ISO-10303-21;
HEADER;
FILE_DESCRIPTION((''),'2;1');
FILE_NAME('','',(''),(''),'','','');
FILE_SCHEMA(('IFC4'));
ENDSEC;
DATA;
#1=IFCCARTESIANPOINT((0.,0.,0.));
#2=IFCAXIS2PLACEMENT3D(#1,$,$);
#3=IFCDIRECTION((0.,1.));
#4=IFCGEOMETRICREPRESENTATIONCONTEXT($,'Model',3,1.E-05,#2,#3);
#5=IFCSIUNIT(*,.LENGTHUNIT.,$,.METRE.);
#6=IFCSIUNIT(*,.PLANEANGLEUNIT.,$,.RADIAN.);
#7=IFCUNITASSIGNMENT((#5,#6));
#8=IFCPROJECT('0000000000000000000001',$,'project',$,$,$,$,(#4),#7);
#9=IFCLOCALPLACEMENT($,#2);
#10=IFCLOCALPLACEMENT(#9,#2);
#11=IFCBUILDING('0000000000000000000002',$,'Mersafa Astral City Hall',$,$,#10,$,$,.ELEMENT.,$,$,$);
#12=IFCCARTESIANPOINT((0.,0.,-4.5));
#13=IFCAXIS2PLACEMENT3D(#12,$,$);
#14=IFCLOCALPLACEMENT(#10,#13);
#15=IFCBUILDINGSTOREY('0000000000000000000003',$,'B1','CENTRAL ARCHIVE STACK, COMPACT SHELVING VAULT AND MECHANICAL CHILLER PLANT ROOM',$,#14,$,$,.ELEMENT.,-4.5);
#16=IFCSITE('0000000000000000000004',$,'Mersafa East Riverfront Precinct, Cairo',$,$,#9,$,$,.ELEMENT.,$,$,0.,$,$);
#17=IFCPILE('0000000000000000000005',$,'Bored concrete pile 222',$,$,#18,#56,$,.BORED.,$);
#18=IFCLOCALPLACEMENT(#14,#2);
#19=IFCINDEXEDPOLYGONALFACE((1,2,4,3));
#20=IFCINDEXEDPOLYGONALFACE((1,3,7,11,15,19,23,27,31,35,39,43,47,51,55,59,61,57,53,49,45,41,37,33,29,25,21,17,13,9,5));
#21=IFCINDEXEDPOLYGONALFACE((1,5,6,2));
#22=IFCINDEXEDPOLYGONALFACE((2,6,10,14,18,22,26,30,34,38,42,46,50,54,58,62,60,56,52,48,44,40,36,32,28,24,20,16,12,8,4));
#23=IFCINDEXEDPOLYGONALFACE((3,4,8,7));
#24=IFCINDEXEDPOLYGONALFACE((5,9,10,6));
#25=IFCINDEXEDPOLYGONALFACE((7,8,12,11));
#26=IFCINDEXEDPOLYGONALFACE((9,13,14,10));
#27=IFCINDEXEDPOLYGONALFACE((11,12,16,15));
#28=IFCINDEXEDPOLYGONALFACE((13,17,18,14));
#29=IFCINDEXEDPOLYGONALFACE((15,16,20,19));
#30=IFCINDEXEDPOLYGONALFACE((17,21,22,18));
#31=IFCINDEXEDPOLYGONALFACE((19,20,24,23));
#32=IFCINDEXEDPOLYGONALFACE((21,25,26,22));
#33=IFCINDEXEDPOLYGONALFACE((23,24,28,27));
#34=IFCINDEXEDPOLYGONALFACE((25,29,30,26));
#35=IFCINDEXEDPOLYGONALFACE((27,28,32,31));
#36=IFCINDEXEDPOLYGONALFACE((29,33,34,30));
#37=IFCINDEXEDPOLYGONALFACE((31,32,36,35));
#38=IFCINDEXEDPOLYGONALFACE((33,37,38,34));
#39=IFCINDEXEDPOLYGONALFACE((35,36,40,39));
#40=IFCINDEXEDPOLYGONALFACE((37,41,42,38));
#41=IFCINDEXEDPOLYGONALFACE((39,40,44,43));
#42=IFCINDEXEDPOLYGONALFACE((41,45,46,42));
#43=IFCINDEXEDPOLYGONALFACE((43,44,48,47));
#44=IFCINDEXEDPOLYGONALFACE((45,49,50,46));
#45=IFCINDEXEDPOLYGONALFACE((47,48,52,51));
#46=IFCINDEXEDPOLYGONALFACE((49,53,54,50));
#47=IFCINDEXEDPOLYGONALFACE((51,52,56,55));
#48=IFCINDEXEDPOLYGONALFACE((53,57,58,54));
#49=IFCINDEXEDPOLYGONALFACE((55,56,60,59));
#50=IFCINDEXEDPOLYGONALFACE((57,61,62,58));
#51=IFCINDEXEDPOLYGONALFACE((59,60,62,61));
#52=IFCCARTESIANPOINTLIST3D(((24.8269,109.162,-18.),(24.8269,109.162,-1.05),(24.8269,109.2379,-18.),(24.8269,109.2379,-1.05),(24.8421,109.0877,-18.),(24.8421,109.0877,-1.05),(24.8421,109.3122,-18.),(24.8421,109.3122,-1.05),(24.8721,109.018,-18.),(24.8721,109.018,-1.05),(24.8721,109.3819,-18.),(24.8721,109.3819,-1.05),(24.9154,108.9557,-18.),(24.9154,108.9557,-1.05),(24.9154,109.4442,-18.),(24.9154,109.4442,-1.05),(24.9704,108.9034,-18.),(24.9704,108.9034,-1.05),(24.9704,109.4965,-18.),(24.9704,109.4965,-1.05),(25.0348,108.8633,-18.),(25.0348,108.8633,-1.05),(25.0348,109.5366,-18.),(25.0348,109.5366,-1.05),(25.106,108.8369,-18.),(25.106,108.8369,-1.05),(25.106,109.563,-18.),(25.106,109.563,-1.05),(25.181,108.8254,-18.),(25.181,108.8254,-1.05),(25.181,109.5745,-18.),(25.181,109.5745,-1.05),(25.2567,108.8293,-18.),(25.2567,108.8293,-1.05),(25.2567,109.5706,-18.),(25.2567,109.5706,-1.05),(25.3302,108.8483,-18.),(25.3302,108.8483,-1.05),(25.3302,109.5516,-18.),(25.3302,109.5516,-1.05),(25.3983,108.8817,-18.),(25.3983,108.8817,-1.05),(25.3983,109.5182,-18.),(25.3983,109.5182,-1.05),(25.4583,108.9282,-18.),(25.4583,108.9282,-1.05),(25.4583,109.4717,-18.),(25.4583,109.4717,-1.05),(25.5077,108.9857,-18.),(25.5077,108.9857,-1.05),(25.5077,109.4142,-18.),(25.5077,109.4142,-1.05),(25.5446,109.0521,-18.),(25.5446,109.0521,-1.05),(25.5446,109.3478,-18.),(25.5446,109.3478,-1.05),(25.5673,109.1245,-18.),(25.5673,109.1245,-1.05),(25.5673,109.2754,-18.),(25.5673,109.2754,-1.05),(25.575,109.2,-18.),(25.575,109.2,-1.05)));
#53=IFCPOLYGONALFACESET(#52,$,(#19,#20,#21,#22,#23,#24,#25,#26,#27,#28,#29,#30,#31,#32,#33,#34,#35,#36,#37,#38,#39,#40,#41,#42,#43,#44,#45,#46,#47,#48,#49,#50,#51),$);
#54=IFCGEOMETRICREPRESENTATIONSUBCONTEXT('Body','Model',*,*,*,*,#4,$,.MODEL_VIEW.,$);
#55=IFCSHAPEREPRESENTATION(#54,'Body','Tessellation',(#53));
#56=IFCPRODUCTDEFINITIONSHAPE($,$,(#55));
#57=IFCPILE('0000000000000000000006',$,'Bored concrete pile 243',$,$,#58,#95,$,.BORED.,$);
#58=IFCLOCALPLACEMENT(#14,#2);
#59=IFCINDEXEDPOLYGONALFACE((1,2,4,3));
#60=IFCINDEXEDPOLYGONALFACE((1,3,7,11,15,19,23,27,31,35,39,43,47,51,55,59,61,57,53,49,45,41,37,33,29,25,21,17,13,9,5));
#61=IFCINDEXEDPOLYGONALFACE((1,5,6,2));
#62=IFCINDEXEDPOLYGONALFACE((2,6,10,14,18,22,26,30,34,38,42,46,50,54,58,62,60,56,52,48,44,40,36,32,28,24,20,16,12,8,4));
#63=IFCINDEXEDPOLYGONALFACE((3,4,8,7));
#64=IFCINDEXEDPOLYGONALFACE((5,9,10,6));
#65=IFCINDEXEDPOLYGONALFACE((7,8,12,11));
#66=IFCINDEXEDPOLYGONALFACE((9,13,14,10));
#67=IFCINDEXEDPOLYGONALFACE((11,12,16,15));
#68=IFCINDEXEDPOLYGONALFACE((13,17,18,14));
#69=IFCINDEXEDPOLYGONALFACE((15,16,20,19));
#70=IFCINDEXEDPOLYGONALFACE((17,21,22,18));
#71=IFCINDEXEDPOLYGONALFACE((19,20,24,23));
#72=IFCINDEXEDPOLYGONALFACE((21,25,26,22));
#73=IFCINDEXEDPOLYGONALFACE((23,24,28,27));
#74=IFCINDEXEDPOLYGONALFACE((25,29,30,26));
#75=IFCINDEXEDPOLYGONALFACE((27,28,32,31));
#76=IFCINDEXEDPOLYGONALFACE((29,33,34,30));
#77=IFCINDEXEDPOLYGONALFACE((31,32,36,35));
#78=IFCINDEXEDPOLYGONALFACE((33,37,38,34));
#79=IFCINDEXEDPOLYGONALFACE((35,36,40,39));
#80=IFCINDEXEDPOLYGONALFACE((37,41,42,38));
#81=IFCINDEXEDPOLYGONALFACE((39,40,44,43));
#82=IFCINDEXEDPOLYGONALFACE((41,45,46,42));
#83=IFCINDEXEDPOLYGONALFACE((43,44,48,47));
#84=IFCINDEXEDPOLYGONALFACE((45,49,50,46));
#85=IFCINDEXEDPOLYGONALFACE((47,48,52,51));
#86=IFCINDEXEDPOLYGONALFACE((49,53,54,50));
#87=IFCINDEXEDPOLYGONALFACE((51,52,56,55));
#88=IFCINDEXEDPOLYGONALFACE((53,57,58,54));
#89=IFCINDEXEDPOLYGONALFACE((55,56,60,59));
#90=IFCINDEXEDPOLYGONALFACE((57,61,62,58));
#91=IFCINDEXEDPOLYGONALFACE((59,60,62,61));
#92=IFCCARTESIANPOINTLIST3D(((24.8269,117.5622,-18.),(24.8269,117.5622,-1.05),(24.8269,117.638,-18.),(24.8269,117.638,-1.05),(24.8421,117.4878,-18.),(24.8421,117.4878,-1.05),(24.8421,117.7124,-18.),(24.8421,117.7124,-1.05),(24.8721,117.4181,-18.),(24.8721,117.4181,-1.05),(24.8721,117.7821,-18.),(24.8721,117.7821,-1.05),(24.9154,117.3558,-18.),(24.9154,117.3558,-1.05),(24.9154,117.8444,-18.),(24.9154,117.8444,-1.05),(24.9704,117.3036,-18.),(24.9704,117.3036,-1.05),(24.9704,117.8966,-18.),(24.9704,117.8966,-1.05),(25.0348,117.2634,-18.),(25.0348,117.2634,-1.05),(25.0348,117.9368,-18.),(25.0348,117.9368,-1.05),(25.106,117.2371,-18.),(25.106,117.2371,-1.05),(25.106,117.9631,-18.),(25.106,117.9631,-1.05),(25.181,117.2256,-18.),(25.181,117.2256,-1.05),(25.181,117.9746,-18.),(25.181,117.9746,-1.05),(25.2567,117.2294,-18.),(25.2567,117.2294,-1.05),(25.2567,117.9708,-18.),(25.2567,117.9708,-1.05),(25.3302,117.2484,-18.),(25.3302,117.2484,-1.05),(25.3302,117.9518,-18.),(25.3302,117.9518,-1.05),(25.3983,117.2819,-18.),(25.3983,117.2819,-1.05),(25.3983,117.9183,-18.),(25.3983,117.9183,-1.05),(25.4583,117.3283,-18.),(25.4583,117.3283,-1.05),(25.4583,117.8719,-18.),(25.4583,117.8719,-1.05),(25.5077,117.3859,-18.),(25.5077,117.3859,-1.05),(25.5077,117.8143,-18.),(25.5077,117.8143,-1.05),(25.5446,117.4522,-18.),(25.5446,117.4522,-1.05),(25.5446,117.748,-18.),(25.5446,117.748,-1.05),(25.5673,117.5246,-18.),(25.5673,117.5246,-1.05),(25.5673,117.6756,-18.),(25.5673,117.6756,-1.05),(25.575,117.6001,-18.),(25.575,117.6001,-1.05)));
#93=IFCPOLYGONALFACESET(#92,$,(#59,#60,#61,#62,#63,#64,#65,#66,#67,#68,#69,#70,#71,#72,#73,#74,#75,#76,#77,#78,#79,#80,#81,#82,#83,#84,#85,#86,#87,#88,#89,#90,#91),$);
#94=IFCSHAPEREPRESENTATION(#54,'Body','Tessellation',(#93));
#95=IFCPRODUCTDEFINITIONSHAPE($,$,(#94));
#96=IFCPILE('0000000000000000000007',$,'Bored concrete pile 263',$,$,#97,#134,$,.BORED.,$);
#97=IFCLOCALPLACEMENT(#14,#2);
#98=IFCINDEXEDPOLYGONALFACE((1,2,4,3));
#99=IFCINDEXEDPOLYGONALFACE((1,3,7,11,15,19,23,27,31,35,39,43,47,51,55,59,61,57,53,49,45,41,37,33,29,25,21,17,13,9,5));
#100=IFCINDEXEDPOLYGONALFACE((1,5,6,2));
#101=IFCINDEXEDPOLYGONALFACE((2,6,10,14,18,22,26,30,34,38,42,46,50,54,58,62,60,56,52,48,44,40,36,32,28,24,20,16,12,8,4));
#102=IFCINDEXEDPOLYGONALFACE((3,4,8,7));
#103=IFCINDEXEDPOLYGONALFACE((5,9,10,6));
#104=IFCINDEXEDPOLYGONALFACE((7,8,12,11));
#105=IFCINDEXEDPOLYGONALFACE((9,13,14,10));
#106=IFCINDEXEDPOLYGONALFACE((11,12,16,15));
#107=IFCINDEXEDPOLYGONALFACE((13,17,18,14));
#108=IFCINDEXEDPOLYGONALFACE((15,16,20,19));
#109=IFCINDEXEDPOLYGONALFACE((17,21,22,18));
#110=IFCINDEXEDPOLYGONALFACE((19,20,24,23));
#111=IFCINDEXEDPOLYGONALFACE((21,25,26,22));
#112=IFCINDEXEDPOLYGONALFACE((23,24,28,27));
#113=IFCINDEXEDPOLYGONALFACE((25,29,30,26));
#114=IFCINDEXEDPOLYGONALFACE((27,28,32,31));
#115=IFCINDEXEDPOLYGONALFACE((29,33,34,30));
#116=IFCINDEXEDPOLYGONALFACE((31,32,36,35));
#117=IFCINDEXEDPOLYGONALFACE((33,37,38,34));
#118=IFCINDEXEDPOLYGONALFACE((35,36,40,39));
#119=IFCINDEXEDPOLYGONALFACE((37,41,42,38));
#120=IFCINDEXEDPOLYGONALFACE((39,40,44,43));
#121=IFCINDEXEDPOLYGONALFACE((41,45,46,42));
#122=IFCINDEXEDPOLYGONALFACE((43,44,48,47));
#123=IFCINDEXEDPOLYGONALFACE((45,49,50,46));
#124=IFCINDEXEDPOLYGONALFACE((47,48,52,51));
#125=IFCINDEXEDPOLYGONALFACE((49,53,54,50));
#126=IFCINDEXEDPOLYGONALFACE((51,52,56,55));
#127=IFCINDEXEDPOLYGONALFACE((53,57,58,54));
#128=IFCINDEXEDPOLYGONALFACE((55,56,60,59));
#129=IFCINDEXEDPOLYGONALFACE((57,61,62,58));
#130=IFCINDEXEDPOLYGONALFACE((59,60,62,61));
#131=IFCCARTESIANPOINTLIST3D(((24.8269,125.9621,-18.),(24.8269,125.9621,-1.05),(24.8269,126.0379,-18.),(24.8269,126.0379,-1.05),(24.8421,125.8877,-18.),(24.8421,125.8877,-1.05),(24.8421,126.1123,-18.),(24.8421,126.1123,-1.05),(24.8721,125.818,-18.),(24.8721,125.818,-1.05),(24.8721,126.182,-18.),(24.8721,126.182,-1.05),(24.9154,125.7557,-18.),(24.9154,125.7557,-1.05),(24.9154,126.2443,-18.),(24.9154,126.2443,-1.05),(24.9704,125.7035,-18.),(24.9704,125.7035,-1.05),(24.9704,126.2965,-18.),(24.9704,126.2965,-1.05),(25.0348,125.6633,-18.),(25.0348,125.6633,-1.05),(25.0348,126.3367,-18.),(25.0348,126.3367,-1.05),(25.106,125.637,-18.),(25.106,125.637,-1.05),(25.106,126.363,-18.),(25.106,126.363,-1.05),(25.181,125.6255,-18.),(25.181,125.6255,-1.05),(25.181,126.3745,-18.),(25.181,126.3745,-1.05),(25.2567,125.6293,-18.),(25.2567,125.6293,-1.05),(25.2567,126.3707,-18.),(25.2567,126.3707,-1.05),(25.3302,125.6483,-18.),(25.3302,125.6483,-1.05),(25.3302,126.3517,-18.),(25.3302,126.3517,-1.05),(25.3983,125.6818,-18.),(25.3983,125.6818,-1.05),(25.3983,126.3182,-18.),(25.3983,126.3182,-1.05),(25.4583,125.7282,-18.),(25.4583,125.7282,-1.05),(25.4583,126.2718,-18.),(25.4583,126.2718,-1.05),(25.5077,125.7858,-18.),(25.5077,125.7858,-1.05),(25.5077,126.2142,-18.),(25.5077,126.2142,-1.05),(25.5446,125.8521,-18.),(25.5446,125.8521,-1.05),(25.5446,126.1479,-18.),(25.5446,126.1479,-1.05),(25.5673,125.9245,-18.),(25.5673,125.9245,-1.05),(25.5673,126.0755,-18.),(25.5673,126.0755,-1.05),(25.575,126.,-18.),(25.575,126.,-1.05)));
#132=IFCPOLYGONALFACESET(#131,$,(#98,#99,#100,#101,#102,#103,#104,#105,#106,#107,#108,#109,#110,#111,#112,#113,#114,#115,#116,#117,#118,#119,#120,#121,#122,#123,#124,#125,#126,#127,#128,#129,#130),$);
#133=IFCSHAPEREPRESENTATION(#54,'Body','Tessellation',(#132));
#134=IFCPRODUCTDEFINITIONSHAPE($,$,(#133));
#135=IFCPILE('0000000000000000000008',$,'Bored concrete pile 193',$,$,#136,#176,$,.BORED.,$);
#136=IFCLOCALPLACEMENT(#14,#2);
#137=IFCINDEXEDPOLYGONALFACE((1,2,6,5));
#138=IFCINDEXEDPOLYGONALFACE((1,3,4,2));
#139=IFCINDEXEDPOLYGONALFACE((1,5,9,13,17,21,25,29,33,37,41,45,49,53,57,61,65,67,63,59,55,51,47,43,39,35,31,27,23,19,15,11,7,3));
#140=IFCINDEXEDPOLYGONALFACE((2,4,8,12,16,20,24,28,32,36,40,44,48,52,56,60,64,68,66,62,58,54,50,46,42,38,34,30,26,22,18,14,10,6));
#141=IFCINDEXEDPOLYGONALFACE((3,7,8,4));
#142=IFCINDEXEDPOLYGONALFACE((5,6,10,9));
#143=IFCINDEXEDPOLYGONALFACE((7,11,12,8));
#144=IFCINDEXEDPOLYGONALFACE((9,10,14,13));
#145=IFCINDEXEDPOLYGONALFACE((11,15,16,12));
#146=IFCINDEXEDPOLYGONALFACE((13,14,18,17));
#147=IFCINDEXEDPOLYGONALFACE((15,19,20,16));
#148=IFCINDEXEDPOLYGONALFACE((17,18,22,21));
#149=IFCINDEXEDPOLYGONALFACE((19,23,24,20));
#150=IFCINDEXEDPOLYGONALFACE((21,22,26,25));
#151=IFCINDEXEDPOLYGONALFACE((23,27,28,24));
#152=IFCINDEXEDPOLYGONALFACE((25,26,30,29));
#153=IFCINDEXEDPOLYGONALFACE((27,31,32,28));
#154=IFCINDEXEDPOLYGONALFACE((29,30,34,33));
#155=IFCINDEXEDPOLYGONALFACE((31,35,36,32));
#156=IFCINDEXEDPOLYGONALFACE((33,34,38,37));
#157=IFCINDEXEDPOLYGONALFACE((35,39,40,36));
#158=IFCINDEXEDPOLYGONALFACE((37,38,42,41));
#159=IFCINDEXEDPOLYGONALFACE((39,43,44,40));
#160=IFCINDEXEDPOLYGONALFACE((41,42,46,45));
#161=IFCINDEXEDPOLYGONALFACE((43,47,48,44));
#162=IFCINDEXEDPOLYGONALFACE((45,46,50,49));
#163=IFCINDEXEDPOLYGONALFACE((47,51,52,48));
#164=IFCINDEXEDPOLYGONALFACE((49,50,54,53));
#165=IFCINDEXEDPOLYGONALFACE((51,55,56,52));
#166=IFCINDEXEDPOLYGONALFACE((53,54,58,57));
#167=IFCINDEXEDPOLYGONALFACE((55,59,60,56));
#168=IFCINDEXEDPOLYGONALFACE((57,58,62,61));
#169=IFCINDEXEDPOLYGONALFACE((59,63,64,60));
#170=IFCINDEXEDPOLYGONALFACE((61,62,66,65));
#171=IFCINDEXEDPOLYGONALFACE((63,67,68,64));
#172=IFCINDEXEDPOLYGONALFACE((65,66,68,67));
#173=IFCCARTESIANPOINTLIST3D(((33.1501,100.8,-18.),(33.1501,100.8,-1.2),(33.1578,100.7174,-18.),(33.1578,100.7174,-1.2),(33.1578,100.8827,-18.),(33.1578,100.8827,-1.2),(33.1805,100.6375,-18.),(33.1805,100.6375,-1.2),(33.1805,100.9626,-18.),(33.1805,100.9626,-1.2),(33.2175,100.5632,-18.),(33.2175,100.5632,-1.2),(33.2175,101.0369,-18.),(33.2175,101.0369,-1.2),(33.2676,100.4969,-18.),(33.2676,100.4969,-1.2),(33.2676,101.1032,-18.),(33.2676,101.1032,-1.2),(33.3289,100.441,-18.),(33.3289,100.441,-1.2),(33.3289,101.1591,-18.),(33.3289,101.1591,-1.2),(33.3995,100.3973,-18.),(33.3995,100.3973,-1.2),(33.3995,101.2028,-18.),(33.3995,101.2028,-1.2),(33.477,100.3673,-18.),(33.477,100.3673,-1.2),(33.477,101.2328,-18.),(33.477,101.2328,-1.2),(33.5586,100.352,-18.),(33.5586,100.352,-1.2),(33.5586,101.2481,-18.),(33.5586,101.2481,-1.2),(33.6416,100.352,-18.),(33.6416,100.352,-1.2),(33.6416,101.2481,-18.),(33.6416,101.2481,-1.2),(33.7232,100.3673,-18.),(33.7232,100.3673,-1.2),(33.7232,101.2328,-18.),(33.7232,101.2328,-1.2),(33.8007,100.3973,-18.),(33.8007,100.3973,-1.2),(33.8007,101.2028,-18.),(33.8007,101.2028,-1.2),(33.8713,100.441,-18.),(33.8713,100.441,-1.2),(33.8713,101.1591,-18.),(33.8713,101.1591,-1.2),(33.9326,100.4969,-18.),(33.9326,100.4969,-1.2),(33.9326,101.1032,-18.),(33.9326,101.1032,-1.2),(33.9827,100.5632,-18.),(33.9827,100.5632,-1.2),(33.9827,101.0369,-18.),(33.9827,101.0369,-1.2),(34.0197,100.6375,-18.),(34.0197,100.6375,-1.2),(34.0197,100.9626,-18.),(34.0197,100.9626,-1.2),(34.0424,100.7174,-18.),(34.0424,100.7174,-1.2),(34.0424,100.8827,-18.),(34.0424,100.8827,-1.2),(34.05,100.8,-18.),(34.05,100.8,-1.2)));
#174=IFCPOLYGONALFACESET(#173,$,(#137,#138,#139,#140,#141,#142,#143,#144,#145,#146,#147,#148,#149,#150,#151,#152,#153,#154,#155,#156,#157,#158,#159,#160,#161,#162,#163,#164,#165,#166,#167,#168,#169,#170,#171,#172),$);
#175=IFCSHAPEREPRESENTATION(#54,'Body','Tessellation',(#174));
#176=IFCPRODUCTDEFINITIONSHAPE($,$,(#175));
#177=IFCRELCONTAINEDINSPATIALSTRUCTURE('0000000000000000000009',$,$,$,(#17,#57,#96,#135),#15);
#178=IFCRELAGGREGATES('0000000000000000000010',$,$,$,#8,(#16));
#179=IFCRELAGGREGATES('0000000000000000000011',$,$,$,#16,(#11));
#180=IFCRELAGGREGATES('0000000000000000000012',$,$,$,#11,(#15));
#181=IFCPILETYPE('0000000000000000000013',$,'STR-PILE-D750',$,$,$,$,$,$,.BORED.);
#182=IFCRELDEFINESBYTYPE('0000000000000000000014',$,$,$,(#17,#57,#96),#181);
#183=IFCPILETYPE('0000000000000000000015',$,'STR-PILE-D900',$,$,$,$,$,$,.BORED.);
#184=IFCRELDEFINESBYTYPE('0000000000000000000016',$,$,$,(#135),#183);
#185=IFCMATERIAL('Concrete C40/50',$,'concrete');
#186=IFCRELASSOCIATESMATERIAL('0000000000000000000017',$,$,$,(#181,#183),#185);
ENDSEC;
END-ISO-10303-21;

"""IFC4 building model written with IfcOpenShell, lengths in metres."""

from ifc_helpers import new_model, si_unit, direction, frame, origin, origin_2d, place, context, subcontext, project, spatial, circle, extrude, material, material_profile, profile_set, type_object, element, save


model = new_model("IFC4")

# Units and contexts
model_context = context("Model", 3, precision=1e-05, world=origin(), true_north=direction((0.0, 1.0)))
body_context = subcontext(model_context, "Body", "Model", "MODEL_VIEW")
ifc_project = project(units=[si_unit("LENGTHUNIT", "METRE"), si_unit("PLANEANGLEUNIT", "RADIAN")], contexts=[model_context])

# Site, building, storey
site_placement = place(None, origin())
site = spatial("IfcSite", under=ifc_project, at=site_placement, Name="Mersafa East Riverfront Precinct, Cairo", CompositionType="ELEMENT", RefElevation=0.0)
building_placement = place(site_placement, origin())
building = spatial("IfcBuilding", under=site, at=building_placement, Name="Mersafa Astral City Hall", CompositionType="ELEMENT")
storey_placement = place(building_placement, frame((0.0, 0.0, -4.5)))
storey = spatial("IfcBuildingStorey", under=building, at=storey_placement, Name="B1", Description="CENTRAL ARCHIVE STACK, COMPACT SHELVING VAULT AND MECHANICAL CHILLER PLANT ROOM", CompositionType="ELEMENT", Elevation=-4.5)

# Shared definitions
ifc_material_1 = material(Name="Concrete C40/50", Category="concrete")

# Piles
ifc_material_profile_1 = material_profile(ifc_material_1, circle(Radius=0.375, at=origin_2d()), Name="PILE D750")
ifc_profile_set_1 = profile_set([ifc_material_profile_1], Name="Concrete C40/50")
pile_type_1 = type_object("IfcPileType", Name="STR-PILE-D750", PredefinedType="BORED", material=ifc_profile_set_1)
for number, where, z_axis, x_axis, name in (
    (1, (25.2, 109.2, -1.05), (0.0, 0.0, -1.0), (1.0, 0.0, 0.0), "Bored concrete pile 222"),
    (2, (25.2, 117.6001, -1.05), (0.0, 0.0, -1.0), (1.0, 0.0, 0.0), "Bored concrete pile 243"),
    (3, (25.2, 126.0, -1.05), (0.0, 0.0, -1.0), (1.0, 0.0, 0.0), "Bored concrete pile 263"),
):
    element("IfcPile", number, at=place(storey_placement, frame(where, z_axis=z_axis, x_axis=x_axis)), inside=storey, type_object=pile_type_1, Name=name, PredefinedType="BORED", context=body_context, shape_type="SweptSolid", body=[
        extrude(circle(Radius=0.375, at=origin_2d()), origin(), (0.0, 0.0, 1.0), 16.95),
    ])
ifc_material_profile_2 = material_profile(ifc_material_1, circle(Radius=0.45, at=origin_2d()), Name="PILE D900")
ifc_profile_set_2 = profile_set([ifc_material_profile_2], Name="Concrete C40/50")
pile_type_2 = type_object("IfcPileType", Name="STR-PILE-D900", PredefinedType="BORED", material=ifc_profile_set_2)
pile_placement = place(storey_placement, frame((33.6001, 100.8, -1.2), z_axis=(0.0, 0.0, -1.0), x_axis=(1.0, 0.0, 0.0)))
element("IfcPile", 4, at=pile_placement, inside=storey, type_object=pile_type_2, Name="Bored concrete pile 193", PredefinedType="BORED", context=body_context, shape_type="SweptSolid", body=[
    extrude(circle(Radius=0.45, at=origin_2d()), origin(), (0.0, 0.0, 1.0), 16.8),
])

save(model, "model.ifc")
